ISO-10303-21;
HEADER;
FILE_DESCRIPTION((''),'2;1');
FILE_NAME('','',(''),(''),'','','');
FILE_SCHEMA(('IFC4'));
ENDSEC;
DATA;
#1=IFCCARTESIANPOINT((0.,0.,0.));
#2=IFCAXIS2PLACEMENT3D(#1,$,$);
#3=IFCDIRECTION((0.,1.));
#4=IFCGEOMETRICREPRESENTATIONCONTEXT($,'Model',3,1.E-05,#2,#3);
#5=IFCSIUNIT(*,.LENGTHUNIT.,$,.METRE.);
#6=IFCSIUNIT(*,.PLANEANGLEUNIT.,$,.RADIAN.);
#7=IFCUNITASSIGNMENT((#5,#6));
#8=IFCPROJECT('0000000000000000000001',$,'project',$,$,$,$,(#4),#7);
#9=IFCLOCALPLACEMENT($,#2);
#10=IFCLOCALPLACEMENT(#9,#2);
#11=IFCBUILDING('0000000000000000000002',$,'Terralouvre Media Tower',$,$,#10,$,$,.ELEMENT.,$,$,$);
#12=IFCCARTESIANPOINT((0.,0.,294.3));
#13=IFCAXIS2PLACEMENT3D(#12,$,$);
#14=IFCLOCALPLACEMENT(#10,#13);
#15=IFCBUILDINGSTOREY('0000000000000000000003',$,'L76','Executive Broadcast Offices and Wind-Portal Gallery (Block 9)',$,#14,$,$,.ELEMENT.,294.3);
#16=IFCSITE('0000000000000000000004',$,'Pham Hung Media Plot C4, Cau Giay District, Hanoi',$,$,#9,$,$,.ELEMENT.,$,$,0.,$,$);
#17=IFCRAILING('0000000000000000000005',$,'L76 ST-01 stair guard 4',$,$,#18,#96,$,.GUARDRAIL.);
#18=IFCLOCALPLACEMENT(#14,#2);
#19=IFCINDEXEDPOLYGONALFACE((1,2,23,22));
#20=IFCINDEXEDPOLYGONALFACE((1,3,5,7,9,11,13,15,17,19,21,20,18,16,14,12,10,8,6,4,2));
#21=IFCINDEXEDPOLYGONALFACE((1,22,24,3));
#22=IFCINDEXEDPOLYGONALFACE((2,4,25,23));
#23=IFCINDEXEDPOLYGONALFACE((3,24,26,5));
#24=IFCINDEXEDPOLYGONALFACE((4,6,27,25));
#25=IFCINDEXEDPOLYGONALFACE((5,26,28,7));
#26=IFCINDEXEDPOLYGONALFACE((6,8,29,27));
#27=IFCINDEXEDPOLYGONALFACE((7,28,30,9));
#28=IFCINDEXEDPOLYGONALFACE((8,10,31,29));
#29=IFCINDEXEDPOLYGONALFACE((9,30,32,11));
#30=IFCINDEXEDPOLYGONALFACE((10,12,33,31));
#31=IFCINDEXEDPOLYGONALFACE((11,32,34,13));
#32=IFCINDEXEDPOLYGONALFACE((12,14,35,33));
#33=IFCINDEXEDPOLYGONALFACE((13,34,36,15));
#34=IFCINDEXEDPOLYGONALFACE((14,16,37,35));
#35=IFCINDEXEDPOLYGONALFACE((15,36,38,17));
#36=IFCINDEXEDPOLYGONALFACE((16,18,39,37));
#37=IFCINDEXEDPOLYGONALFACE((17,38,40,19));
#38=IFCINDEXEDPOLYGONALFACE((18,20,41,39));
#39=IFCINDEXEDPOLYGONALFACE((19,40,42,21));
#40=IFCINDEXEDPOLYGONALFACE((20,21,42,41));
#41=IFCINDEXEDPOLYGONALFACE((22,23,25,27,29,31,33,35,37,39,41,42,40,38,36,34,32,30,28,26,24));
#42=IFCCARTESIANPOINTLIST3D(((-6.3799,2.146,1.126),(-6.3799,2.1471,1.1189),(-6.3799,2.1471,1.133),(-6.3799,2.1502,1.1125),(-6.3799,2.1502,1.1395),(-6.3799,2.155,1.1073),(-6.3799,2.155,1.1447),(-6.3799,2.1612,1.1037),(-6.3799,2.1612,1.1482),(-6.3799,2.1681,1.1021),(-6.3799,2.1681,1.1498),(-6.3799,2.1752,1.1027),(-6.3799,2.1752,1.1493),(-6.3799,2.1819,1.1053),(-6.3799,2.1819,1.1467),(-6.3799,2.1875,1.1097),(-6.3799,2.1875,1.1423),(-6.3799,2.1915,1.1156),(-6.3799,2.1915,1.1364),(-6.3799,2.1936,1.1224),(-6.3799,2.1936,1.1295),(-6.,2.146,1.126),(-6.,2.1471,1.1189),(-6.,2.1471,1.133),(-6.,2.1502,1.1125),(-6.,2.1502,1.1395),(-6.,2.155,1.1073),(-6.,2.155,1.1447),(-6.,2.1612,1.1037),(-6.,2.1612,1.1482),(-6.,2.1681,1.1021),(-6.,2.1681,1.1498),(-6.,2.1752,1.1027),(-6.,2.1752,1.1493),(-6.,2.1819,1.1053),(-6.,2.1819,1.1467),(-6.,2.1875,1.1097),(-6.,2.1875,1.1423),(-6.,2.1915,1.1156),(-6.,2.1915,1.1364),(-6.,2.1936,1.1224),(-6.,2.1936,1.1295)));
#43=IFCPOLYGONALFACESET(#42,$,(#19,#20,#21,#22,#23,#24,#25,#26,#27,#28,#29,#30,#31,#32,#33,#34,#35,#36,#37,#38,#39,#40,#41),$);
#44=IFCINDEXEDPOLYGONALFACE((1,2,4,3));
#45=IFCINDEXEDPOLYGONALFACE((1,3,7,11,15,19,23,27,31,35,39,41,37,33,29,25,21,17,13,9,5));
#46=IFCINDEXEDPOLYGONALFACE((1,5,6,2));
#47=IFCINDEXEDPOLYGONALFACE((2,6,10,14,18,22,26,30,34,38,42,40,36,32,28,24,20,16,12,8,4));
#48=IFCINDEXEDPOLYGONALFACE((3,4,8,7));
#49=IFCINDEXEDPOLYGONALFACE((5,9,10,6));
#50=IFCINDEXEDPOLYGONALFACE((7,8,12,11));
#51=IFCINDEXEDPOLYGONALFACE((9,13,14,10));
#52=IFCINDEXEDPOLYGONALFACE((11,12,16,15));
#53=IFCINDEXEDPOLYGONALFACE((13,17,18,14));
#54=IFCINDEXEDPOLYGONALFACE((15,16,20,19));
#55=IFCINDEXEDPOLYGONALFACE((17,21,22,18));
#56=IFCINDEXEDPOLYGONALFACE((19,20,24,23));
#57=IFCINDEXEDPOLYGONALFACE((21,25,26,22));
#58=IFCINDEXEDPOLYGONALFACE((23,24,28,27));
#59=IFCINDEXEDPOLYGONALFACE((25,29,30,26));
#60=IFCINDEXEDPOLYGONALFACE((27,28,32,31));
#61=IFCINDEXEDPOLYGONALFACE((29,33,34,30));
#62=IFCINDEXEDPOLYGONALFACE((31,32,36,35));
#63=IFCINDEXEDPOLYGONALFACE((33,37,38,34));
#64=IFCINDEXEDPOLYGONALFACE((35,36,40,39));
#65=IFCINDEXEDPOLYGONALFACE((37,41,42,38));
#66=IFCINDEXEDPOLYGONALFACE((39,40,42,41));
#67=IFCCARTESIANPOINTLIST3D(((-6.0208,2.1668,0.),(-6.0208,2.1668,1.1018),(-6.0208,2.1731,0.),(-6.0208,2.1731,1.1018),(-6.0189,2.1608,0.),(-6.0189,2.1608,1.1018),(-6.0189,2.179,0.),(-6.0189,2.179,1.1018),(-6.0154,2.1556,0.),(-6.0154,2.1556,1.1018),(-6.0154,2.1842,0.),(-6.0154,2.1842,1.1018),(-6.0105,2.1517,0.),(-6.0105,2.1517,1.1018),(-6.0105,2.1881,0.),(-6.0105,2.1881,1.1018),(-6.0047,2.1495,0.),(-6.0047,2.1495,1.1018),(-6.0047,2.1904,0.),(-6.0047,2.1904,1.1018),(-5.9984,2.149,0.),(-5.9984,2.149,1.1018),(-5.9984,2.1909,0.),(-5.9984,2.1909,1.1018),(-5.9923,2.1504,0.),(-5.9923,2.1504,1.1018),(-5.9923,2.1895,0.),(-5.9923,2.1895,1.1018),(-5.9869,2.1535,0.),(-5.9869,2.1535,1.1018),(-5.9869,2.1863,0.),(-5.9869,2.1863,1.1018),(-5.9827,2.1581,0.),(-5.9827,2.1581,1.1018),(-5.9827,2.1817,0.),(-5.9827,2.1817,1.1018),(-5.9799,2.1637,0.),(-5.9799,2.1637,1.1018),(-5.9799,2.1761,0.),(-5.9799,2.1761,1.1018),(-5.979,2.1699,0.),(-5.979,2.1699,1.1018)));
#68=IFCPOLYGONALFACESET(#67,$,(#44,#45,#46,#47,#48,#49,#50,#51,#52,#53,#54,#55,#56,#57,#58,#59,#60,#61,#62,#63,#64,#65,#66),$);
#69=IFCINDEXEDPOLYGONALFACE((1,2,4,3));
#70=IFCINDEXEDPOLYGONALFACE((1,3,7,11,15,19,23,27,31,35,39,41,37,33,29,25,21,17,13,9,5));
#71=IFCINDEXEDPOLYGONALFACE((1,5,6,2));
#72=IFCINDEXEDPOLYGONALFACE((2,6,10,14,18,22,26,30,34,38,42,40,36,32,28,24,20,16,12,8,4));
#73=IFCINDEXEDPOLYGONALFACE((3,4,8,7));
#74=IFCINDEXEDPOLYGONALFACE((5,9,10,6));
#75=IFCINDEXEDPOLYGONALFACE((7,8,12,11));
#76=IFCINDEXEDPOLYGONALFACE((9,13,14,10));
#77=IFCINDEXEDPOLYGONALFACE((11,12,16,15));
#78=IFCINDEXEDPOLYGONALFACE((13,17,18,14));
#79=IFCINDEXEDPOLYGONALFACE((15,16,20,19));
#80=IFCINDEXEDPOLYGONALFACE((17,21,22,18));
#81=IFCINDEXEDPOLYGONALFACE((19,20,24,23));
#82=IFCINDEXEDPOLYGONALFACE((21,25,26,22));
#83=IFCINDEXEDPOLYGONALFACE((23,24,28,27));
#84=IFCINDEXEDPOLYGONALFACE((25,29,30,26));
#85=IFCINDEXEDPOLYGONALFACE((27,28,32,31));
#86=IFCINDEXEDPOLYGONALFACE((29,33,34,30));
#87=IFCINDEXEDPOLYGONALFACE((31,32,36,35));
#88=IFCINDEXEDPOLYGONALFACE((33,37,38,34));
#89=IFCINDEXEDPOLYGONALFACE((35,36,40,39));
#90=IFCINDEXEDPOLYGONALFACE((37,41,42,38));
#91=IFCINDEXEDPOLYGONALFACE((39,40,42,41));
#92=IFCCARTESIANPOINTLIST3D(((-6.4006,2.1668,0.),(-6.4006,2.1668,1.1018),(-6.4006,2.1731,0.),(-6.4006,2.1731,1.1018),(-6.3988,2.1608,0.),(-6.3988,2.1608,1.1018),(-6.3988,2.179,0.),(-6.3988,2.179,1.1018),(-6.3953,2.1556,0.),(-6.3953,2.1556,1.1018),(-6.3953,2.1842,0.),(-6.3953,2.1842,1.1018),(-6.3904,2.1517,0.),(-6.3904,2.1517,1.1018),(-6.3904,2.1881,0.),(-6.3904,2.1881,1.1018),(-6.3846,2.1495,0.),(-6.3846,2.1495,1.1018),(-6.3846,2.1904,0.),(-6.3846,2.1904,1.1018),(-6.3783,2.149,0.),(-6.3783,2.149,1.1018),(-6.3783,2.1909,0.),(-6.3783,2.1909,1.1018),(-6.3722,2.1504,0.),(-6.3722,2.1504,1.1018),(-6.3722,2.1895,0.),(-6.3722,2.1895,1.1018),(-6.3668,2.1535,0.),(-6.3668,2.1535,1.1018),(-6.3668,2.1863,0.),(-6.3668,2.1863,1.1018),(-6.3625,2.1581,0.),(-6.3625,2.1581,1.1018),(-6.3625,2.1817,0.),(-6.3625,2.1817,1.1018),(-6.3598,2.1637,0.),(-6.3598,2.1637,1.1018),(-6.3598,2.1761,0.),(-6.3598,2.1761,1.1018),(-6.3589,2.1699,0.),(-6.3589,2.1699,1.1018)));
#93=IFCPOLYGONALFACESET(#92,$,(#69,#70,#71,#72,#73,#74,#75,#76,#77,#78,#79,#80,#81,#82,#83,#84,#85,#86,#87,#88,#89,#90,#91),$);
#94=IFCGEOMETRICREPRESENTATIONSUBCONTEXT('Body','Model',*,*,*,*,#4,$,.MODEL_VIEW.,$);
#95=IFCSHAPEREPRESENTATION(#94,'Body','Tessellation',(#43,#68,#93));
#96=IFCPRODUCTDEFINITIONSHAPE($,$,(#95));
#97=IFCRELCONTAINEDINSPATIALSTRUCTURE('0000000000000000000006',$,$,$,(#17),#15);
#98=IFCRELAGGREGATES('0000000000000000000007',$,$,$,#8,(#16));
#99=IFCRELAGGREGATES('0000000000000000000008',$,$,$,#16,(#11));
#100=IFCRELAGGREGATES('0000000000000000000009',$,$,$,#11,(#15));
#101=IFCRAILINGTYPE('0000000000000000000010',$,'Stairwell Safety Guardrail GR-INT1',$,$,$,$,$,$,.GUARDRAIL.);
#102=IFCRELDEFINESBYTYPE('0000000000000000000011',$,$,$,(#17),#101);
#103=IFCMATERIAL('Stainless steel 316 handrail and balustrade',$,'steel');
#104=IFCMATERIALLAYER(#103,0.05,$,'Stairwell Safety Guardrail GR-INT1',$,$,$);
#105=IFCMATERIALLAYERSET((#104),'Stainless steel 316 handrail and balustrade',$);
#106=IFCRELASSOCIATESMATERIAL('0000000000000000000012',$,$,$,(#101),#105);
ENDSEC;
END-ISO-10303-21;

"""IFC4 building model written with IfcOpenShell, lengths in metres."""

from ifc_helpers import new_model, si_unit, direction, frame, origin, origin_2d, place, context, subcontext, project, spatial, circle, extrude, material, layer, layer_set, type_object, element, save


model = new_model("IFC4")

# Units and contexts
model_context = context("Model", 3, precision=1e-05, world=origin(), true_north=direction((0.0, 1.0)))
body_context = subcontext(model_context, "Body", "Model", "MODEL_VIEW")
ifc_project = project(units=[si_unit("LENGTHUNIT", "METRE"), si_unit("PLANEANGLEUNIT", "RADIAN")], contexts=[model_context])

# Site, building, storey
site_placement = place(None, origin())
site = spatial("IfcSite", under=ifc_project, at=site_placement, Name="Pham Hung Media Plot C4, Cau Giay District, Hanoi", CompositionType="ELEMENT", RefElevation=0.0)
building_placement = place(site_placement, origin())
building = spatial("IfcBuilding", under=site, at=building_placement, Name="Terralouvre Media Tower", CompositionType="ELEMENT")
storey_placement = place(building_placement, frame((0.0, 0.0, 294.3)))
storey = spatial("IfcBuildingStorey", under=building, at=storey_placement, Name="L76", Description="Executive Broadcast Offices and Wind-Portal Gallery (Block 9)", CompositionType="ELEMENT", Elevation=294.3)

# Railing
ifc_material_1 = material(Name="Stainless steel 316 handrail and balustrade", Category="steel")
ifc_layer_1 = layer(ifc_material_1, 0.05, Name="Stairwell Safety Guardrail GR-INT1")
ifc_layer_set_1 = layer_set([ifc_layer_1], Name="Stainless steel 316 handrail and balustrade")
railing_type_1 = type_object("IfcRailingType", Name="Stairwell Safety Guardrail GR-INT1", PredefinedType="GUARDRAIL", material=ifc_layer_set_1)
railing_1_placement = place(storey_placement, frame((-6.0, 2.1699, 0.0)))
element("IfcRailing", 1, at=railing_1_placement, inside=storey, type_object=railing_type_1, Name="L76 ST-01 stair guard 4", PredefinedType="GUARDRAIL", context=body_context, shape_type="SweptSolid", body=[
    extrude(circle(Radius=0.0239, at=origin_2d()), frame((0.0, 0.0, 1.126), z_axis=(-1.0, 0.0, 0.0), x_axis=(0.0, -1.0, 0.0)), (0.0, 0.0, 1.0), 0.3799),
    extrude(circle(Radius=0.021, at=origin_2d()), origin(), (0.0, 0.0, 1.0), 1.1018),
    extrude(circle(Radius=0.021, at=origin_2d()), frame((-0.3799, 0.0, 0.0)), (0.0, 0.0, 1.0), 1.1018),
])

save(model, "model.ifc")
